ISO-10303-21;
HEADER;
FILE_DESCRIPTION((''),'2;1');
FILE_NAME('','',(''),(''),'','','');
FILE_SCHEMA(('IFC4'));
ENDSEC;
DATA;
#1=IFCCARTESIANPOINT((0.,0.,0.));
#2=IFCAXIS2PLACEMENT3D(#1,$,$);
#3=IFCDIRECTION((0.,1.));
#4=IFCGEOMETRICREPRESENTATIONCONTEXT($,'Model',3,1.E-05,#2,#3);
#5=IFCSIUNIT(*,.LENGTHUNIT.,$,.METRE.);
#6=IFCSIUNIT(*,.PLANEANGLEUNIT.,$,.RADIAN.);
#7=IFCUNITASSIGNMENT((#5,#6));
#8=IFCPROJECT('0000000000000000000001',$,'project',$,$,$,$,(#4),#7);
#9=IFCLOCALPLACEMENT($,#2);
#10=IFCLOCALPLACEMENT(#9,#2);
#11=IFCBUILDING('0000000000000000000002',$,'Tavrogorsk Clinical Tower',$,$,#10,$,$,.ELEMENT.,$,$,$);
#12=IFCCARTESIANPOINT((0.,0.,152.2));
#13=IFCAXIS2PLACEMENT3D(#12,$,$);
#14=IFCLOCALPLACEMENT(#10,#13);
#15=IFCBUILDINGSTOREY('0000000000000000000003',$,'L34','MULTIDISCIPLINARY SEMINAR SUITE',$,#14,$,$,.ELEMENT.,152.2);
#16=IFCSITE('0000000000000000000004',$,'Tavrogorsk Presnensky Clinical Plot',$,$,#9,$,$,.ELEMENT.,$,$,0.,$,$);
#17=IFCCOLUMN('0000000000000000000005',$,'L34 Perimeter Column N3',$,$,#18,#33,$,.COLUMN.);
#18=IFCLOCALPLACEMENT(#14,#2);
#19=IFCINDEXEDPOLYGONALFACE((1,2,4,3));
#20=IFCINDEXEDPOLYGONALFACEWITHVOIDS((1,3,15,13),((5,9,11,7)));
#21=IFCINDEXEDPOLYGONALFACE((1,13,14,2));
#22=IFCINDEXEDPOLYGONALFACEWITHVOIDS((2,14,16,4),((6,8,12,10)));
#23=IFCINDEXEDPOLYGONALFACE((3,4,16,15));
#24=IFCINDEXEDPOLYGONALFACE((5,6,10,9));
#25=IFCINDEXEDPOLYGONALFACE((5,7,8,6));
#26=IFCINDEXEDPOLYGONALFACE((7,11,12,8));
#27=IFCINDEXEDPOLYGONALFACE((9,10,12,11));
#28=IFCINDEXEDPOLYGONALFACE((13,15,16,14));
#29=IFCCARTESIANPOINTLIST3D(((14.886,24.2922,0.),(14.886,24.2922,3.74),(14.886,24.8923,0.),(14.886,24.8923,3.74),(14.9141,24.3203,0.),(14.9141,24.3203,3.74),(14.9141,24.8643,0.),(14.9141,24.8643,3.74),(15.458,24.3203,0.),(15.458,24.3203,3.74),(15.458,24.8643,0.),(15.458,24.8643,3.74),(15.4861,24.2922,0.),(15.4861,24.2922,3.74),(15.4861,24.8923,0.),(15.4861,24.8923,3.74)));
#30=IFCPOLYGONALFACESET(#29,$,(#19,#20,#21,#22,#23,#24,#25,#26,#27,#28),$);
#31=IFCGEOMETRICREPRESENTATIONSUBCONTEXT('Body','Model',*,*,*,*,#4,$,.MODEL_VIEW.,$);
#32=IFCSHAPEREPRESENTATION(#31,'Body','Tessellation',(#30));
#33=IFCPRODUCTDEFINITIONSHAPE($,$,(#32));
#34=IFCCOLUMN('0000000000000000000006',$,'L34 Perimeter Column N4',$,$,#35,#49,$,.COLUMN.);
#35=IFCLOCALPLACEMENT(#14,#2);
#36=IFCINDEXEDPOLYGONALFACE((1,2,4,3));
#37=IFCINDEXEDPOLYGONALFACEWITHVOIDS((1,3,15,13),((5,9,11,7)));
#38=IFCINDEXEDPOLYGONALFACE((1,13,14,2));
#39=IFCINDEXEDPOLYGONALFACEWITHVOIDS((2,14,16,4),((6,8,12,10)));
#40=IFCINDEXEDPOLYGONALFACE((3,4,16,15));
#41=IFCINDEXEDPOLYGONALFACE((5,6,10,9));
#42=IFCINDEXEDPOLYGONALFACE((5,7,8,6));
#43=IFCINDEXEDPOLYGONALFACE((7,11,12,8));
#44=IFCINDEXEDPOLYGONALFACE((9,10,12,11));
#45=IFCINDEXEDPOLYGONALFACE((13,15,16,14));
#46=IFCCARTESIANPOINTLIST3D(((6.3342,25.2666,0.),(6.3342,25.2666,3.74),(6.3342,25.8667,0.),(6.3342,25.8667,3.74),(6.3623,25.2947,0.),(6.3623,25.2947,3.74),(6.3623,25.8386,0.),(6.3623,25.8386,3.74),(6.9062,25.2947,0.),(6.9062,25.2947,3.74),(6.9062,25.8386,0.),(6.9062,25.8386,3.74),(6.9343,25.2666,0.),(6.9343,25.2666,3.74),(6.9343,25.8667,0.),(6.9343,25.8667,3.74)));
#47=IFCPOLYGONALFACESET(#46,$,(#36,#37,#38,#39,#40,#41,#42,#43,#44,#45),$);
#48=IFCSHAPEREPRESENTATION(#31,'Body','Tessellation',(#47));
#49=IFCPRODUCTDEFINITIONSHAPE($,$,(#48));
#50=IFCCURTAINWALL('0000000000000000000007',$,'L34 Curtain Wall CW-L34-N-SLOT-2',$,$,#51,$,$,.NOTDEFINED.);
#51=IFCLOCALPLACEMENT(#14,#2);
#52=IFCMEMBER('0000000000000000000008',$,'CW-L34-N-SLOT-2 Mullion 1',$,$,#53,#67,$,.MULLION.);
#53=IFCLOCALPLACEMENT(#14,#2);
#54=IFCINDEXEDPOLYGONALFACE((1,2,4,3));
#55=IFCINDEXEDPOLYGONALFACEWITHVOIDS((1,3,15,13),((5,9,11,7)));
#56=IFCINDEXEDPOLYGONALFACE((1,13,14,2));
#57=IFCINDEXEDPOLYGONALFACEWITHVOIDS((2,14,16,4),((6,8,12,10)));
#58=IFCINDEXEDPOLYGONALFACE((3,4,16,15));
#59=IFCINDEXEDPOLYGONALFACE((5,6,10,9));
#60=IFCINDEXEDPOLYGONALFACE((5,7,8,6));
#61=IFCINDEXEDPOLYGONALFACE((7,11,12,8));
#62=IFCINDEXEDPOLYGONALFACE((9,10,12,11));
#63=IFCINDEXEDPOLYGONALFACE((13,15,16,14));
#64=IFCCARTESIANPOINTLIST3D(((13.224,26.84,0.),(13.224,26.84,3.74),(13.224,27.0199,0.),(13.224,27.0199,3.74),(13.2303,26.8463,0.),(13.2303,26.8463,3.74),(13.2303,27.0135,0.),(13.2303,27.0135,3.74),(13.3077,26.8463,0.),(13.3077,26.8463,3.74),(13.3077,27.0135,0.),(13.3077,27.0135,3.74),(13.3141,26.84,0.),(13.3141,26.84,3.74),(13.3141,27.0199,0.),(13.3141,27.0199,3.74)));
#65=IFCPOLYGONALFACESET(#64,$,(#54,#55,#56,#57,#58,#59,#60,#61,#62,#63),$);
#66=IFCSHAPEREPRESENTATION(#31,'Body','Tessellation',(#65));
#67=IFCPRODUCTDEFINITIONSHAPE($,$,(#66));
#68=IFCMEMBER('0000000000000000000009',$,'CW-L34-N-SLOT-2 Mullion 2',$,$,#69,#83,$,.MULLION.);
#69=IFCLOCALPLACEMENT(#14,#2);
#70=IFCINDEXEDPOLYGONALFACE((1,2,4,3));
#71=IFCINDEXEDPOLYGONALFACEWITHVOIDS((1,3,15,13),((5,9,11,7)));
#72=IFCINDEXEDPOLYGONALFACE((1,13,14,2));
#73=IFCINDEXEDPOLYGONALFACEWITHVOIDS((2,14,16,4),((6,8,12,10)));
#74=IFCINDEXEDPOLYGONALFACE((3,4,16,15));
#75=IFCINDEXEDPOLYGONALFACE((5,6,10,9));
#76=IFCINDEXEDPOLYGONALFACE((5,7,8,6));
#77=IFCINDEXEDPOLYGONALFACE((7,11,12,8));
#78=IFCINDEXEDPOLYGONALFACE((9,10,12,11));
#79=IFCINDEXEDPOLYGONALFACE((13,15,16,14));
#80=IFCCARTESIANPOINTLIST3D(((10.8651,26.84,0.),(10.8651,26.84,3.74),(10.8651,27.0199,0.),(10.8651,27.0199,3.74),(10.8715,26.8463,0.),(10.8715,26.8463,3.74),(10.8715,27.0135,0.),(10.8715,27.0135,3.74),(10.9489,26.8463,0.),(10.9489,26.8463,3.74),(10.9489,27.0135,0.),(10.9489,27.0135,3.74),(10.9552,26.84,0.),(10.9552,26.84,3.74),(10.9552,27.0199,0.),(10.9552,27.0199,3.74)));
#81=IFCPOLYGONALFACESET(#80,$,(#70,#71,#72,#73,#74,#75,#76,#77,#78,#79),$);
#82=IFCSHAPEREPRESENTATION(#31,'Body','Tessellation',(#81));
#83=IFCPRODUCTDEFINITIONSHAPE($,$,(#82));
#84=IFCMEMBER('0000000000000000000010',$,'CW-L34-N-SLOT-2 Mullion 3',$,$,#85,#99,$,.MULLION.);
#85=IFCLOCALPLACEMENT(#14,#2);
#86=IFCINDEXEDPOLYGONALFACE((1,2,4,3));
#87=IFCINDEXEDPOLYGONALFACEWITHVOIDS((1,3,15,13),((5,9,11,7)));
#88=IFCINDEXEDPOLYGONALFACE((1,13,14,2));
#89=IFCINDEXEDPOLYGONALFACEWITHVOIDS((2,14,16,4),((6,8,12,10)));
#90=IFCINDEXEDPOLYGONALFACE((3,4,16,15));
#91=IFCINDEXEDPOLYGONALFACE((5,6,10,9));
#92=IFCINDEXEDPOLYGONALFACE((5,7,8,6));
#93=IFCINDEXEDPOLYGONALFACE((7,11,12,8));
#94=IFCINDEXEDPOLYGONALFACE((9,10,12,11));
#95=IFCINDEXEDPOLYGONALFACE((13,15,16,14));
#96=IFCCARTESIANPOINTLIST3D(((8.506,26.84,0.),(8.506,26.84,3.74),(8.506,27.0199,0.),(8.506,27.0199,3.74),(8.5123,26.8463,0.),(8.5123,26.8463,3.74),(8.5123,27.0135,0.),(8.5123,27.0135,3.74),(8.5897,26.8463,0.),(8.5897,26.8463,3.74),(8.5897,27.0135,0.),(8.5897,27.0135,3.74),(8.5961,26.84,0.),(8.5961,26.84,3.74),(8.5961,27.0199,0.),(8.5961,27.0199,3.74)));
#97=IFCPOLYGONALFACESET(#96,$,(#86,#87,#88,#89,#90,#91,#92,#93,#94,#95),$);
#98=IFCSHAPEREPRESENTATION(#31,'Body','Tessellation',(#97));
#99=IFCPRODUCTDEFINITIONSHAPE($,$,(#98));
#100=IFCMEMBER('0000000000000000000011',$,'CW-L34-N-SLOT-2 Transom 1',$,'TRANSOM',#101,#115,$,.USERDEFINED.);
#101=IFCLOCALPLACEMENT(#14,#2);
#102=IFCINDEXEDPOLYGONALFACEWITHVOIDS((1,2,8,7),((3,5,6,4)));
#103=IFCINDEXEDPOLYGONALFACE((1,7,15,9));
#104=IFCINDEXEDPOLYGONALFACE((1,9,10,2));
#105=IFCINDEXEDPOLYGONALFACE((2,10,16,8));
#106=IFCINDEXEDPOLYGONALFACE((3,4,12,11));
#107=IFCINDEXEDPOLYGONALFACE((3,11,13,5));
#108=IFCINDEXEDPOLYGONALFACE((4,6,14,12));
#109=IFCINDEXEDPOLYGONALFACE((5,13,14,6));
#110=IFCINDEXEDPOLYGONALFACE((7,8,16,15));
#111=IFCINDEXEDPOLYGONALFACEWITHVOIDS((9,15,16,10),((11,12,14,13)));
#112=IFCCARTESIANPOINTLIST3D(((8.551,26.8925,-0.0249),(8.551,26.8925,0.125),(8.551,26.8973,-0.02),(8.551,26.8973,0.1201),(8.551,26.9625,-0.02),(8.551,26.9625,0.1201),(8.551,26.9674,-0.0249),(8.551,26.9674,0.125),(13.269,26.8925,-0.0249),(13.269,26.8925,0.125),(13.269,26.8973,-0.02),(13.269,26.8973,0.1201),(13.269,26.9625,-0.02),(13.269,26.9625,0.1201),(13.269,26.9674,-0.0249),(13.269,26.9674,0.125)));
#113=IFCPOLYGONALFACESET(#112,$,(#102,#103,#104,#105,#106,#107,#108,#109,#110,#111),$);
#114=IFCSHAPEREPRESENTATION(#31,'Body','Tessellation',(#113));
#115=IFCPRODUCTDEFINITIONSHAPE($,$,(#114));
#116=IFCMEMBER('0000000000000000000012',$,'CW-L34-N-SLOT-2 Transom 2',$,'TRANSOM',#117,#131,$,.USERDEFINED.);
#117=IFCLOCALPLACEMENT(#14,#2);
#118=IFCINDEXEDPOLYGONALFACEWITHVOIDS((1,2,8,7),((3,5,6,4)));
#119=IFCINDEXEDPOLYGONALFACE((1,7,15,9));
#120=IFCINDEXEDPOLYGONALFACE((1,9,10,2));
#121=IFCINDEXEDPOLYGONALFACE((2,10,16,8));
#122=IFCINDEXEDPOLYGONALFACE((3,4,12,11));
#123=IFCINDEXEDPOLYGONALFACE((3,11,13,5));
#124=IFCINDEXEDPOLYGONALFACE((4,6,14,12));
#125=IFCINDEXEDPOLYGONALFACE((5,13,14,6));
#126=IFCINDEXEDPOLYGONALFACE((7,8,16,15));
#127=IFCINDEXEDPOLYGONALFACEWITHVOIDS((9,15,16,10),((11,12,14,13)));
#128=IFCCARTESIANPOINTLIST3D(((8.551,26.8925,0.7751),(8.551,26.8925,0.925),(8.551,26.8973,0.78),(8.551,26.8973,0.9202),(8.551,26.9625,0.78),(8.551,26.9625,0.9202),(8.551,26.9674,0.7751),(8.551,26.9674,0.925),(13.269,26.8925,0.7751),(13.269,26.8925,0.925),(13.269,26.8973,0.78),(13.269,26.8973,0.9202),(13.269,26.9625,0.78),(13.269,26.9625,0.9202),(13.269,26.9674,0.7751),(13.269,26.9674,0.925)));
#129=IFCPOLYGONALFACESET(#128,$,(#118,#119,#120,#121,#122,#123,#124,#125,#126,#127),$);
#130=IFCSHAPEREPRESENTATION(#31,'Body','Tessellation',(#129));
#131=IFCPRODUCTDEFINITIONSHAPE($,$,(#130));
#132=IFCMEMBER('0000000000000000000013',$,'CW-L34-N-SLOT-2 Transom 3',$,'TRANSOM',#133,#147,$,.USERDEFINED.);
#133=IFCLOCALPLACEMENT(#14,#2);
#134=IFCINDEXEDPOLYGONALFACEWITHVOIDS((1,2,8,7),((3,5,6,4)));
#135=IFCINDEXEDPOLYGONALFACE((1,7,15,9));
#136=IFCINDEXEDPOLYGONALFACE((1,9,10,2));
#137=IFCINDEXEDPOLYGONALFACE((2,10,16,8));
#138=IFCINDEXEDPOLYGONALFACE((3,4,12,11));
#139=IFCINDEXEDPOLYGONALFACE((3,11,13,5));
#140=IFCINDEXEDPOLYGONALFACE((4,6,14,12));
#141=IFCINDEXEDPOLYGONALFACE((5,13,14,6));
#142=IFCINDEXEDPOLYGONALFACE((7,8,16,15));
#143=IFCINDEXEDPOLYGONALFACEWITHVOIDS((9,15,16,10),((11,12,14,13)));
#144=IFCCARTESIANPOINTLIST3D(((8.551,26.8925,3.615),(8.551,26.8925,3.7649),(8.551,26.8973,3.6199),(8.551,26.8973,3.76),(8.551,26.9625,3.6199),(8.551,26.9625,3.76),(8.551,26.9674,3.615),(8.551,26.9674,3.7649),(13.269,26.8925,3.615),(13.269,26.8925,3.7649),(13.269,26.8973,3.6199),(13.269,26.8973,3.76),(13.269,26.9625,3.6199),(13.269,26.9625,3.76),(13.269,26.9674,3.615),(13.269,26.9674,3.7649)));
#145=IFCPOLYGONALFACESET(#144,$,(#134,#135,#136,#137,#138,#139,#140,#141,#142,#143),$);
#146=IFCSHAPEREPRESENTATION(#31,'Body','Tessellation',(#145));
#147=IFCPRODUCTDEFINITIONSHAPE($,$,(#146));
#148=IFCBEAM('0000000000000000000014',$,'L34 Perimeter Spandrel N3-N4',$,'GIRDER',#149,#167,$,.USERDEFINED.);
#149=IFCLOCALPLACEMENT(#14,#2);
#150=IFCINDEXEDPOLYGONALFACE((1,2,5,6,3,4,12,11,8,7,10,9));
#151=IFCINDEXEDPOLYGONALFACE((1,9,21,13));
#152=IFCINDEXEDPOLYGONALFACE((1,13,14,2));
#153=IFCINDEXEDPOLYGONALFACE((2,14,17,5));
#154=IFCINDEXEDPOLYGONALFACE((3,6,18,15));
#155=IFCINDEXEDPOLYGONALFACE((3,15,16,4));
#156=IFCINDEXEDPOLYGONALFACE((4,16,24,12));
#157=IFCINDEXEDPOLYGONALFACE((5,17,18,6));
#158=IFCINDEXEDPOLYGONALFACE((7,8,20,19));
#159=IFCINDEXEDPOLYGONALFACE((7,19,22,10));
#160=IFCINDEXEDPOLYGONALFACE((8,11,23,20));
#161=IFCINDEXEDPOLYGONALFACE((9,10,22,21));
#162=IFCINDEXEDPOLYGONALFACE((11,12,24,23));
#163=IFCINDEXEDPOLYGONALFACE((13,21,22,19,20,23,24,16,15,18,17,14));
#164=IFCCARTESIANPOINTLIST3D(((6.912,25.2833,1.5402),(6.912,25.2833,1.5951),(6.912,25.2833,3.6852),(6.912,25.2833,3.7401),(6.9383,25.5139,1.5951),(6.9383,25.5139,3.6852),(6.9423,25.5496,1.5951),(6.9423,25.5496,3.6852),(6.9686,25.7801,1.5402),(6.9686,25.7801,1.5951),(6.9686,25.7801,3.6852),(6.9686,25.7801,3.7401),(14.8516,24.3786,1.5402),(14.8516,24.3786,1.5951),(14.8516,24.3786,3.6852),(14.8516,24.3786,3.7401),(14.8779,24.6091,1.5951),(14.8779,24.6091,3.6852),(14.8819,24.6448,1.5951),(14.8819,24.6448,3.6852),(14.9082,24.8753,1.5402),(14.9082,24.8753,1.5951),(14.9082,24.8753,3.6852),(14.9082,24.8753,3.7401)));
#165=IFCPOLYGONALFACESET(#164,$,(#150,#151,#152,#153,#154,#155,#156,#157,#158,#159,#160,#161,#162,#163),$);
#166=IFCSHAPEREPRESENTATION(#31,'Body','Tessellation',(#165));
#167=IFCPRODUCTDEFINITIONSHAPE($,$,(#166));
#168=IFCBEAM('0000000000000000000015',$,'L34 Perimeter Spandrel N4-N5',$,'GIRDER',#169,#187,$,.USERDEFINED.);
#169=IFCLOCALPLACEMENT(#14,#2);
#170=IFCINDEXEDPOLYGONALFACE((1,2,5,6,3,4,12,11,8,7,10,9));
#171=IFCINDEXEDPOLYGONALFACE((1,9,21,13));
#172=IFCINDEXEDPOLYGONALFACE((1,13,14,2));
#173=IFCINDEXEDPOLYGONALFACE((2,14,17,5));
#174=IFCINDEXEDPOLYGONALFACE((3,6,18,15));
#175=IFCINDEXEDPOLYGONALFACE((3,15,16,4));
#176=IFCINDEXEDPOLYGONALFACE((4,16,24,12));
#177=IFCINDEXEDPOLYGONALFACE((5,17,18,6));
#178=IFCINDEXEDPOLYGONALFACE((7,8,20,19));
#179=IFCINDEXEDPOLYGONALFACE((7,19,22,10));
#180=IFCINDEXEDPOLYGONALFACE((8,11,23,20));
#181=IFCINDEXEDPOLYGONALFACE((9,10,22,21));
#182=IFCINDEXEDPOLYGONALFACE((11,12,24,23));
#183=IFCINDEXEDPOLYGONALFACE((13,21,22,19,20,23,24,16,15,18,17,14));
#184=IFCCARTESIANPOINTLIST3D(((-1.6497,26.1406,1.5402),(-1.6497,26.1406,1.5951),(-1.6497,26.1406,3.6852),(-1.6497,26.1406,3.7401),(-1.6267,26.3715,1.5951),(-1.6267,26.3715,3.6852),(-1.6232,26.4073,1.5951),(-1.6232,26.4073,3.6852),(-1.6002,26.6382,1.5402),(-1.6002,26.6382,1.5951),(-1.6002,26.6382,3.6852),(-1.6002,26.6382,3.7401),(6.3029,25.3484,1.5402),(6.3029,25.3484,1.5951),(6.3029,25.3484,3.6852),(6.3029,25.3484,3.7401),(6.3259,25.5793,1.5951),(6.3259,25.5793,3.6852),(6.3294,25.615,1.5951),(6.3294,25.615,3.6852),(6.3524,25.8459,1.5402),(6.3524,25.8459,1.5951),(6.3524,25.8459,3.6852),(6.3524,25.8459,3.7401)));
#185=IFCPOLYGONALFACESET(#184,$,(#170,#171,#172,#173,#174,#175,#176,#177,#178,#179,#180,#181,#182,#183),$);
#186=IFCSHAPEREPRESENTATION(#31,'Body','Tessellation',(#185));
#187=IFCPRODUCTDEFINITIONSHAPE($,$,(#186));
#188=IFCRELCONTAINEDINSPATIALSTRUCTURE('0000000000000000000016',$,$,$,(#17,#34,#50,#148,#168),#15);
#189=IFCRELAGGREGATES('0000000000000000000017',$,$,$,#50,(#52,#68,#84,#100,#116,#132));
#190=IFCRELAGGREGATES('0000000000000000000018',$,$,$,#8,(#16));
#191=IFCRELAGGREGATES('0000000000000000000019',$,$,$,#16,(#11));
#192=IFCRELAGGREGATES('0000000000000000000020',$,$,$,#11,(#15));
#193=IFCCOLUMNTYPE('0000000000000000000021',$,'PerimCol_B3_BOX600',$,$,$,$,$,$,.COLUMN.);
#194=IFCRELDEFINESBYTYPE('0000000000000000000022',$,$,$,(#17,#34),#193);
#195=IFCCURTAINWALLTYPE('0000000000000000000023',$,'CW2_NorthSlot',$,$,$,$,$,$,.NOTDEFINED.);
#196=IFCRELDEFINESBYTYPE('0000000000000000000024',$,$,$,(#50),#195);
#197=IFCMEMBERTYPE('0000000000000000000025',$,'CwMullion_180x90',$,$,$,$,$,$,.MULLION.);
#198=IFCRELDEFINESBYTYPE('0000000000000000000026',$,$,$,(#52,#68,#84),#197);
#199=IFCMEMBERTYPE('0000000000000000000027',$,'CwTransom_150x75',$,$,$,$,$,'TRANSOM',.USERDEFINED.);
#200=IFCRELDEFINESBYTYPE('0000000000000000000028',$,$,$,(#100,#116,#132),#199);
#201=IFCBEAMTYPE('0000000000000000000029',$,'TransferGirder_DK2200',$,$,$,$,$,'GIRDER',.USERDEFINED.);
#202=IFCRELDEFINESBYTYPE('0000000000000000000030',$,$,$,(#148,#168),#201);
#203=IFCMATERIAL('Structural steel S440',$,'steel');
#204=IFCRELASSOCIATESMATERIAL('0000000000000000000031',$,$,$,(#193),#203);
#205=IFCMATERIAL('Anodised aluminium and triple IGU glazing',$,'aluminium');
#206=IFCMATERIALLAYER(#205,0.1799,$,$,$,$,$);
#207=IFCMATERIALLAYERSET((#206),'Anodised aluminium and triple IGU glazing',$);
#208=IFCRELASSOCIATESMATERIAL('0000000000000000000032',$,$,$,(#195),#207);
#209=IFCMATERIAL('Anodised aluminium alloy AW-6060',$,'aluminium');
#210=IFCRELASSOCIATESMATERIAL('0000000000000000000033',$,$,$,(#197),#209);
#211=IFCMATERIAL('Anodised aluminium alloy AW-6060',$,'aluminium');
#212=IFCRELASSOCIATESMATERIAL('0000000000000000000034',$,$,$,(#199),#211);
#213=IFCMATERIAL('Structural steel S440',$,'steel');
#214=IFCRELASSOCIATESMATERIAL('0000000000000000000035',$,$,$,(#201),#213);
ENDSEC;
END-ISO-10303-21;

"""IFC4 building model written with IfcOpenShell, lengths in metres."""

from ifc_helpers import new_model, si_unit, direction, frame, origin, origin_2d, place, context, subcontext, project, spatial, hollow_rectangle, i_section, extrude, material, layer, layer_set, material_profile, profile_set, type_object, element, aggregate, save


model = new_model("IFC4")

# Units and contexts
model_context = context("Model", 3, precision=1e-05, world=origin(), true_north=direction((0.0, 1.0)))
body_context = subcontext(model_context, "Body", "Model", "MODEL_VIEW")
ifc_project = project(units=[si_unit("LENGTHUNIT", "METRE"), si_unit("PLANEANGLEUNIT", "RADIAN")], contexts=[model_context])

# Site, building, storey
site_placement = place(None, origin())
site = spatial("IfcSite", under=ifc_project, at=site_placement, Name="Tavrogorsk Presnensky Clinical Plot", CompositionType="ELEMENT", RefElevation=0.0)
building_placement = place(site_placement, origin())
building = spatial("IfcBuilding", under=site, at=building_placement, Name="Tavrogorsk Clinical Tower", CompositionType="ELEMENT")
storey_placement = place(building_placement, frame((0.0, 0.0, 152.2)))
storey = spatial("IfcBuildingStorey", under=building, at=storey_placement, Name="L34", Description="MULTIDISCIPLINARY SEMINAR SUITE", CompositionType="ELEMENT", Elevation=152.2)

# Columns
ifc_material_1 = material(Name="Structural steel S440", Category="steel")
ifc_material_profile_1 = material_profile(ifc_material_1, hollow_rectangle(XDim=0.6001, YDim=0.6001, WallThickness=0.0281, at=origin_2d()), Name="BOX-600x600x28")
ifc_profile_set_1 = profile_set([ifc_material_profile_1], Name="Structural steel S440")
column_type = type_object("IfcColumnType", Name="PerimCol_B3_BOX600", PredefinedType="COLUMN", material=ifc_profile_set_1)
for number, where, z_axis, x_axis, name in (
    (1, (15.186, 24.5923, 0.0), (0.0, 0.0, 1.0), (1.0, 0.0, 0.0), "L34 Perimeter Column N3"),
    (2, (6.6343, 25.5667, 0.0), (0.0, 0.0, 1.0), (1.0, 0.0, 0.0), "L34 Perimeter Column N4"),
):
    element("IfcColumn", number, at=place(storey_placement, frame(where, z_axis=z_axis, x_axis=x_axis)), inside=storey, type_object=column_type, Name=name, PredefinedType="COLUMN", context=body_context, shape_type="SweptSolid", body=[
        extrude(hollow_rectangle(XDim=0.6001, YDim=0.6001, WallThickness=0.0281, at=origin_2d()), origin(), (0.0, 0.0, 1.0), 3.74),
    ])

# Curtain wall, members
ifc_material_2 = material(Name="Anodised aluminium and triple IGU glazing", Category="aluminium")
ifc_layer_1 = layer(ifc_material_2, 0.1799)
ifc_layer_set_1 = layer_set([ifc_layer_1], Name="Anodised aluminium and triple IGU glazing")
curtain_wall_type = type_object("IfcCurtainWallType", Name="CW2_NorthSlot", PredefinedType="NOTDEFINED", material=ifc_layer_set_1)
curtain_wall_placement = place(storey_placement, origin())
curtain_wall = element("IfcCurtainWall", 3, at=curtain_wall_placement, inside=storey, type_object=curtain_wall_type, Name="L34 Curtain Wall CW-L34-N-SLOT-2", PredefinedType="NOTDEFINED")
ifc_material_3 = material(Name="Anodised aluminium alloy AW-6060", Category="aluminium")
ifc_material_profile_2 = material_profile(ifc_material_3, hollow_rectangle(XDim=0.0901, YDim=0.1799, WallThickness=0.0063, at=origin_2d()), Name="RHS-180x90x6.3")
ifc_profile_set_2 = profile_set([ifc_material_profile_2], Name="Anodised aluminium alloy AW-6060")
member_type_1 = type_object("IfcMemberType", Name="CwMullion_180x90", PredefinedType="MULLION", material=ifc_profile_set_2)
member_1_placement = place(storey_placement, frame((13.269, 26.9299, 0.0), z_axis=(0.0, 0.0, 1.0), x_axis=(-1.0, 0.0, 0.0)))
member_1 = element("IfcMember", 4, at=member_1_placement, type_object=member_type_1, Name="CW-L34-N-SLOT-2 Mullion 1", PredefinedType="MULLION", context=body_context, shape_type="SweptSolid", body=[
    extrude(hollow_rectangle(XDim=0.0901, YDim=0.1799, WallThickness=0.0063, at=origin_2d()), origin(), (0.0, 0.0, 1.0), 3.74),
])
member_2_placement = place(storey_placement, frame((10.9102, 26.9299, 0.0), z_axis=(0.0, 0.0, 1.0), x_axis=(-1.0, 0.0, 0.0)))
member_2 = element("IfcMember", 5, at=member_2_placement, type_object=member_type_1, Name="CW-L34-N-SLOT-2 Mullion 2", PredefinedType="MULLION", context=body_context, shape_type="SweptSolid", body=[
    extrude(hollow_rectangle(XDim=0.0901, YDim=0.1799, WallThickness=0.0063, at=origin_2d()), origin(), (0.0, 0.0, 1.0), 3.74),
])
member_3_placement = place(storey_placement, frame((8.551, 26.9299, 0.0), z_axis=(0.0, 0.0, 1.0), x_axis=(-1.0, 0.0, 0.0)))
member_3 = element("IfcMember", 6, at=member_3_placement, type_object=member_type_1, Name="CW-L34-N-SLOT-2 Mullion 3", PredefinedType="MULLION", context=body_context, shape_type="SweptSolid", body=[
    extrude(hollow_rectangle(XDim=0.0901, YDim=0.1799, WallThickness=0.0063, at=origin_2d()), origin(), (0.0, 0.0, 1.0), 3.74),
])
ifc_material_4 = material(Name="Anodised aluminium alloy AW-6060", Category="aluminium")
ifc_material_profile_3 = material_profile(ifc_material_4, hollow_rectangle(XDim=0.075, YDim=0.1499, WallThickness=0.0049, at=origin_2d()), Name="RHS-150x75x5")
ifc_profile_set_3 = profile_set([ifc_material_profile_3], Name="Anodised aluminium alloy AW-6060")
member_type_2 = type_object("IfcMemberType", Name="CwTransom_150x75", ElementType="TRANSOM", PredefinedType="USERDEFINED", material=ifc_profile_set_3)
member_4_placement = place(storey_placement, frame((13.269, 26.9299, 0.05), z_axis=(-1.0, 0.0, 0.0), x_axis=(0.0, -1.0, 0.0)))
member_4 = element("IfcMember", 7, at=member_4_placement, type_object=member_type_2, Name="CW-L34-N-SLOT-2 Transom 1", ObjectType="TRANSOM", PredefinedType="USERDEFINED", context=body_context, shape_type="SweptSolid", body=[
    extrude(hollow_rectangle(XDim=0.075, YDim=0.1499, WallThickness=0.0049, at=origin_2d()), origin(), (0.0, 0.0, 1.0), 4.718),
])
member_5_placement = place(storey_placement, frame((13.269, 26.9299, 0.8501), z_axis=(-1.0, 0.0, 0.0), x_axis=(0.0, -1.0, 0.0)))
member_5 = element("IfcMember", 8, at=member_5_placement, type_object=member_type_2, Name="CW-L34-N-SLOT-2 Transom 2", ObjectType="TRANSOM", PredefinedType="USERDEFINED", context=body_context, shape_type="SweptSolid", body=[
    extrude(hollow_rectangle(XDim=0.075, YDim=0.1499, WallThickness=0.0049, at=origin_2d()), origin(), (0.0, 0.0, 1.0), 4.718),
])
member_6_placement = place(storey_placement, frame((13.269, 26.9299, 3.6899), z_axis=(-1.0, 0.0, 0.0), x_axis=(0.0, -1.0, 0.0)))
member_6 = element("IfcMember", 9, at=member_6_placement, type_object=member_type_2, Name="CW-L34-N-SLOT-2 Transom 3", ObjectType="TRANSOM", PredefinedType="USERDEFINED", context=body_context, shape_type="SweptSolid", body=[
    extrude(hollow_rectangle(XDim=0.075, YDim=0.1499, WallThickness=0.0049, at=origin_2d()), origin(), (0.0, 0.0, 1.0), 4.718),
])

# Beams
ifc_material_5 = material(Name="Structural steel S440", Category="steel")
ifc_material_profile_4 = material_profile(ifc_material_5, i_section(OverallWidth=0.5, OverallDepth=2.2, WebThickness=0.0359, FlangeThickness=0.0549, at=origin_2d()), Name="DK-2200x500x36x55")
ifc_profile_set_4 = profile_set([ifc_material_profile_4], Name="Structural steel S440")
beam_type = type_object("IfcBeamType", Name="TransferGirder_DK2200", ElementType="GIRDER", PredefinedType="USERDEFINED", material=ifc_profile_set_4)
beam_1_placement = place(storey_placement, frame((14.8799, 24.627, 2.6401), z_axis=(-0.993569, 0.113224, 0.0), x_axis=(-0.113224, -0.993569, 0.0)))
element("IfcBeam", 10, at=beam_1_placement, inside=storey, type_object=beam_type, Name="L34 Perimeter Spandrel N3-N4", ObjectType="GIRDER", PredefinedType="USERDEFINED", context=body_context, shape_type="SweptSolid", body=[
    extrude(i_section(OverallWidth=0.5, OverallDepth=2.2, WebThickness=0.0359, FlangeThickness=0.0549, at=origin_2d()), origin(), (0.0, 0.0, 1.0), 7.991),
])
beam_2_placement = place(storey_placement, frame((6.3276, 25.5972, 2.6401), z_axis=(-0.995075, 0.099129, 0.0), x_axis=(-0.099129, -0.995075, 0.0)))
element("IfcBeam", 11, at=beam_2_placement, inside=storey, type_object=beam_type, Name="L34 Perimeter Spandrel N4-N5", ObjectType="GIRDER", PredefinedType="USERDEFINED", context=body_context, shape_type="SweptSolid", body=[
    extrude(i_section(OverallWidth=0.5, OverallDepth=2.2, WebThickness=0.0359, FlangeThickness=0.0549, at=origin_2d()), origin(), (0.0, 0.0, 1.0), 7.9919),
])

aggregate(curtain_wall, [member_1, member_2, member_3, member_4, member_5, member_6])

save(model, "model.ifc")
